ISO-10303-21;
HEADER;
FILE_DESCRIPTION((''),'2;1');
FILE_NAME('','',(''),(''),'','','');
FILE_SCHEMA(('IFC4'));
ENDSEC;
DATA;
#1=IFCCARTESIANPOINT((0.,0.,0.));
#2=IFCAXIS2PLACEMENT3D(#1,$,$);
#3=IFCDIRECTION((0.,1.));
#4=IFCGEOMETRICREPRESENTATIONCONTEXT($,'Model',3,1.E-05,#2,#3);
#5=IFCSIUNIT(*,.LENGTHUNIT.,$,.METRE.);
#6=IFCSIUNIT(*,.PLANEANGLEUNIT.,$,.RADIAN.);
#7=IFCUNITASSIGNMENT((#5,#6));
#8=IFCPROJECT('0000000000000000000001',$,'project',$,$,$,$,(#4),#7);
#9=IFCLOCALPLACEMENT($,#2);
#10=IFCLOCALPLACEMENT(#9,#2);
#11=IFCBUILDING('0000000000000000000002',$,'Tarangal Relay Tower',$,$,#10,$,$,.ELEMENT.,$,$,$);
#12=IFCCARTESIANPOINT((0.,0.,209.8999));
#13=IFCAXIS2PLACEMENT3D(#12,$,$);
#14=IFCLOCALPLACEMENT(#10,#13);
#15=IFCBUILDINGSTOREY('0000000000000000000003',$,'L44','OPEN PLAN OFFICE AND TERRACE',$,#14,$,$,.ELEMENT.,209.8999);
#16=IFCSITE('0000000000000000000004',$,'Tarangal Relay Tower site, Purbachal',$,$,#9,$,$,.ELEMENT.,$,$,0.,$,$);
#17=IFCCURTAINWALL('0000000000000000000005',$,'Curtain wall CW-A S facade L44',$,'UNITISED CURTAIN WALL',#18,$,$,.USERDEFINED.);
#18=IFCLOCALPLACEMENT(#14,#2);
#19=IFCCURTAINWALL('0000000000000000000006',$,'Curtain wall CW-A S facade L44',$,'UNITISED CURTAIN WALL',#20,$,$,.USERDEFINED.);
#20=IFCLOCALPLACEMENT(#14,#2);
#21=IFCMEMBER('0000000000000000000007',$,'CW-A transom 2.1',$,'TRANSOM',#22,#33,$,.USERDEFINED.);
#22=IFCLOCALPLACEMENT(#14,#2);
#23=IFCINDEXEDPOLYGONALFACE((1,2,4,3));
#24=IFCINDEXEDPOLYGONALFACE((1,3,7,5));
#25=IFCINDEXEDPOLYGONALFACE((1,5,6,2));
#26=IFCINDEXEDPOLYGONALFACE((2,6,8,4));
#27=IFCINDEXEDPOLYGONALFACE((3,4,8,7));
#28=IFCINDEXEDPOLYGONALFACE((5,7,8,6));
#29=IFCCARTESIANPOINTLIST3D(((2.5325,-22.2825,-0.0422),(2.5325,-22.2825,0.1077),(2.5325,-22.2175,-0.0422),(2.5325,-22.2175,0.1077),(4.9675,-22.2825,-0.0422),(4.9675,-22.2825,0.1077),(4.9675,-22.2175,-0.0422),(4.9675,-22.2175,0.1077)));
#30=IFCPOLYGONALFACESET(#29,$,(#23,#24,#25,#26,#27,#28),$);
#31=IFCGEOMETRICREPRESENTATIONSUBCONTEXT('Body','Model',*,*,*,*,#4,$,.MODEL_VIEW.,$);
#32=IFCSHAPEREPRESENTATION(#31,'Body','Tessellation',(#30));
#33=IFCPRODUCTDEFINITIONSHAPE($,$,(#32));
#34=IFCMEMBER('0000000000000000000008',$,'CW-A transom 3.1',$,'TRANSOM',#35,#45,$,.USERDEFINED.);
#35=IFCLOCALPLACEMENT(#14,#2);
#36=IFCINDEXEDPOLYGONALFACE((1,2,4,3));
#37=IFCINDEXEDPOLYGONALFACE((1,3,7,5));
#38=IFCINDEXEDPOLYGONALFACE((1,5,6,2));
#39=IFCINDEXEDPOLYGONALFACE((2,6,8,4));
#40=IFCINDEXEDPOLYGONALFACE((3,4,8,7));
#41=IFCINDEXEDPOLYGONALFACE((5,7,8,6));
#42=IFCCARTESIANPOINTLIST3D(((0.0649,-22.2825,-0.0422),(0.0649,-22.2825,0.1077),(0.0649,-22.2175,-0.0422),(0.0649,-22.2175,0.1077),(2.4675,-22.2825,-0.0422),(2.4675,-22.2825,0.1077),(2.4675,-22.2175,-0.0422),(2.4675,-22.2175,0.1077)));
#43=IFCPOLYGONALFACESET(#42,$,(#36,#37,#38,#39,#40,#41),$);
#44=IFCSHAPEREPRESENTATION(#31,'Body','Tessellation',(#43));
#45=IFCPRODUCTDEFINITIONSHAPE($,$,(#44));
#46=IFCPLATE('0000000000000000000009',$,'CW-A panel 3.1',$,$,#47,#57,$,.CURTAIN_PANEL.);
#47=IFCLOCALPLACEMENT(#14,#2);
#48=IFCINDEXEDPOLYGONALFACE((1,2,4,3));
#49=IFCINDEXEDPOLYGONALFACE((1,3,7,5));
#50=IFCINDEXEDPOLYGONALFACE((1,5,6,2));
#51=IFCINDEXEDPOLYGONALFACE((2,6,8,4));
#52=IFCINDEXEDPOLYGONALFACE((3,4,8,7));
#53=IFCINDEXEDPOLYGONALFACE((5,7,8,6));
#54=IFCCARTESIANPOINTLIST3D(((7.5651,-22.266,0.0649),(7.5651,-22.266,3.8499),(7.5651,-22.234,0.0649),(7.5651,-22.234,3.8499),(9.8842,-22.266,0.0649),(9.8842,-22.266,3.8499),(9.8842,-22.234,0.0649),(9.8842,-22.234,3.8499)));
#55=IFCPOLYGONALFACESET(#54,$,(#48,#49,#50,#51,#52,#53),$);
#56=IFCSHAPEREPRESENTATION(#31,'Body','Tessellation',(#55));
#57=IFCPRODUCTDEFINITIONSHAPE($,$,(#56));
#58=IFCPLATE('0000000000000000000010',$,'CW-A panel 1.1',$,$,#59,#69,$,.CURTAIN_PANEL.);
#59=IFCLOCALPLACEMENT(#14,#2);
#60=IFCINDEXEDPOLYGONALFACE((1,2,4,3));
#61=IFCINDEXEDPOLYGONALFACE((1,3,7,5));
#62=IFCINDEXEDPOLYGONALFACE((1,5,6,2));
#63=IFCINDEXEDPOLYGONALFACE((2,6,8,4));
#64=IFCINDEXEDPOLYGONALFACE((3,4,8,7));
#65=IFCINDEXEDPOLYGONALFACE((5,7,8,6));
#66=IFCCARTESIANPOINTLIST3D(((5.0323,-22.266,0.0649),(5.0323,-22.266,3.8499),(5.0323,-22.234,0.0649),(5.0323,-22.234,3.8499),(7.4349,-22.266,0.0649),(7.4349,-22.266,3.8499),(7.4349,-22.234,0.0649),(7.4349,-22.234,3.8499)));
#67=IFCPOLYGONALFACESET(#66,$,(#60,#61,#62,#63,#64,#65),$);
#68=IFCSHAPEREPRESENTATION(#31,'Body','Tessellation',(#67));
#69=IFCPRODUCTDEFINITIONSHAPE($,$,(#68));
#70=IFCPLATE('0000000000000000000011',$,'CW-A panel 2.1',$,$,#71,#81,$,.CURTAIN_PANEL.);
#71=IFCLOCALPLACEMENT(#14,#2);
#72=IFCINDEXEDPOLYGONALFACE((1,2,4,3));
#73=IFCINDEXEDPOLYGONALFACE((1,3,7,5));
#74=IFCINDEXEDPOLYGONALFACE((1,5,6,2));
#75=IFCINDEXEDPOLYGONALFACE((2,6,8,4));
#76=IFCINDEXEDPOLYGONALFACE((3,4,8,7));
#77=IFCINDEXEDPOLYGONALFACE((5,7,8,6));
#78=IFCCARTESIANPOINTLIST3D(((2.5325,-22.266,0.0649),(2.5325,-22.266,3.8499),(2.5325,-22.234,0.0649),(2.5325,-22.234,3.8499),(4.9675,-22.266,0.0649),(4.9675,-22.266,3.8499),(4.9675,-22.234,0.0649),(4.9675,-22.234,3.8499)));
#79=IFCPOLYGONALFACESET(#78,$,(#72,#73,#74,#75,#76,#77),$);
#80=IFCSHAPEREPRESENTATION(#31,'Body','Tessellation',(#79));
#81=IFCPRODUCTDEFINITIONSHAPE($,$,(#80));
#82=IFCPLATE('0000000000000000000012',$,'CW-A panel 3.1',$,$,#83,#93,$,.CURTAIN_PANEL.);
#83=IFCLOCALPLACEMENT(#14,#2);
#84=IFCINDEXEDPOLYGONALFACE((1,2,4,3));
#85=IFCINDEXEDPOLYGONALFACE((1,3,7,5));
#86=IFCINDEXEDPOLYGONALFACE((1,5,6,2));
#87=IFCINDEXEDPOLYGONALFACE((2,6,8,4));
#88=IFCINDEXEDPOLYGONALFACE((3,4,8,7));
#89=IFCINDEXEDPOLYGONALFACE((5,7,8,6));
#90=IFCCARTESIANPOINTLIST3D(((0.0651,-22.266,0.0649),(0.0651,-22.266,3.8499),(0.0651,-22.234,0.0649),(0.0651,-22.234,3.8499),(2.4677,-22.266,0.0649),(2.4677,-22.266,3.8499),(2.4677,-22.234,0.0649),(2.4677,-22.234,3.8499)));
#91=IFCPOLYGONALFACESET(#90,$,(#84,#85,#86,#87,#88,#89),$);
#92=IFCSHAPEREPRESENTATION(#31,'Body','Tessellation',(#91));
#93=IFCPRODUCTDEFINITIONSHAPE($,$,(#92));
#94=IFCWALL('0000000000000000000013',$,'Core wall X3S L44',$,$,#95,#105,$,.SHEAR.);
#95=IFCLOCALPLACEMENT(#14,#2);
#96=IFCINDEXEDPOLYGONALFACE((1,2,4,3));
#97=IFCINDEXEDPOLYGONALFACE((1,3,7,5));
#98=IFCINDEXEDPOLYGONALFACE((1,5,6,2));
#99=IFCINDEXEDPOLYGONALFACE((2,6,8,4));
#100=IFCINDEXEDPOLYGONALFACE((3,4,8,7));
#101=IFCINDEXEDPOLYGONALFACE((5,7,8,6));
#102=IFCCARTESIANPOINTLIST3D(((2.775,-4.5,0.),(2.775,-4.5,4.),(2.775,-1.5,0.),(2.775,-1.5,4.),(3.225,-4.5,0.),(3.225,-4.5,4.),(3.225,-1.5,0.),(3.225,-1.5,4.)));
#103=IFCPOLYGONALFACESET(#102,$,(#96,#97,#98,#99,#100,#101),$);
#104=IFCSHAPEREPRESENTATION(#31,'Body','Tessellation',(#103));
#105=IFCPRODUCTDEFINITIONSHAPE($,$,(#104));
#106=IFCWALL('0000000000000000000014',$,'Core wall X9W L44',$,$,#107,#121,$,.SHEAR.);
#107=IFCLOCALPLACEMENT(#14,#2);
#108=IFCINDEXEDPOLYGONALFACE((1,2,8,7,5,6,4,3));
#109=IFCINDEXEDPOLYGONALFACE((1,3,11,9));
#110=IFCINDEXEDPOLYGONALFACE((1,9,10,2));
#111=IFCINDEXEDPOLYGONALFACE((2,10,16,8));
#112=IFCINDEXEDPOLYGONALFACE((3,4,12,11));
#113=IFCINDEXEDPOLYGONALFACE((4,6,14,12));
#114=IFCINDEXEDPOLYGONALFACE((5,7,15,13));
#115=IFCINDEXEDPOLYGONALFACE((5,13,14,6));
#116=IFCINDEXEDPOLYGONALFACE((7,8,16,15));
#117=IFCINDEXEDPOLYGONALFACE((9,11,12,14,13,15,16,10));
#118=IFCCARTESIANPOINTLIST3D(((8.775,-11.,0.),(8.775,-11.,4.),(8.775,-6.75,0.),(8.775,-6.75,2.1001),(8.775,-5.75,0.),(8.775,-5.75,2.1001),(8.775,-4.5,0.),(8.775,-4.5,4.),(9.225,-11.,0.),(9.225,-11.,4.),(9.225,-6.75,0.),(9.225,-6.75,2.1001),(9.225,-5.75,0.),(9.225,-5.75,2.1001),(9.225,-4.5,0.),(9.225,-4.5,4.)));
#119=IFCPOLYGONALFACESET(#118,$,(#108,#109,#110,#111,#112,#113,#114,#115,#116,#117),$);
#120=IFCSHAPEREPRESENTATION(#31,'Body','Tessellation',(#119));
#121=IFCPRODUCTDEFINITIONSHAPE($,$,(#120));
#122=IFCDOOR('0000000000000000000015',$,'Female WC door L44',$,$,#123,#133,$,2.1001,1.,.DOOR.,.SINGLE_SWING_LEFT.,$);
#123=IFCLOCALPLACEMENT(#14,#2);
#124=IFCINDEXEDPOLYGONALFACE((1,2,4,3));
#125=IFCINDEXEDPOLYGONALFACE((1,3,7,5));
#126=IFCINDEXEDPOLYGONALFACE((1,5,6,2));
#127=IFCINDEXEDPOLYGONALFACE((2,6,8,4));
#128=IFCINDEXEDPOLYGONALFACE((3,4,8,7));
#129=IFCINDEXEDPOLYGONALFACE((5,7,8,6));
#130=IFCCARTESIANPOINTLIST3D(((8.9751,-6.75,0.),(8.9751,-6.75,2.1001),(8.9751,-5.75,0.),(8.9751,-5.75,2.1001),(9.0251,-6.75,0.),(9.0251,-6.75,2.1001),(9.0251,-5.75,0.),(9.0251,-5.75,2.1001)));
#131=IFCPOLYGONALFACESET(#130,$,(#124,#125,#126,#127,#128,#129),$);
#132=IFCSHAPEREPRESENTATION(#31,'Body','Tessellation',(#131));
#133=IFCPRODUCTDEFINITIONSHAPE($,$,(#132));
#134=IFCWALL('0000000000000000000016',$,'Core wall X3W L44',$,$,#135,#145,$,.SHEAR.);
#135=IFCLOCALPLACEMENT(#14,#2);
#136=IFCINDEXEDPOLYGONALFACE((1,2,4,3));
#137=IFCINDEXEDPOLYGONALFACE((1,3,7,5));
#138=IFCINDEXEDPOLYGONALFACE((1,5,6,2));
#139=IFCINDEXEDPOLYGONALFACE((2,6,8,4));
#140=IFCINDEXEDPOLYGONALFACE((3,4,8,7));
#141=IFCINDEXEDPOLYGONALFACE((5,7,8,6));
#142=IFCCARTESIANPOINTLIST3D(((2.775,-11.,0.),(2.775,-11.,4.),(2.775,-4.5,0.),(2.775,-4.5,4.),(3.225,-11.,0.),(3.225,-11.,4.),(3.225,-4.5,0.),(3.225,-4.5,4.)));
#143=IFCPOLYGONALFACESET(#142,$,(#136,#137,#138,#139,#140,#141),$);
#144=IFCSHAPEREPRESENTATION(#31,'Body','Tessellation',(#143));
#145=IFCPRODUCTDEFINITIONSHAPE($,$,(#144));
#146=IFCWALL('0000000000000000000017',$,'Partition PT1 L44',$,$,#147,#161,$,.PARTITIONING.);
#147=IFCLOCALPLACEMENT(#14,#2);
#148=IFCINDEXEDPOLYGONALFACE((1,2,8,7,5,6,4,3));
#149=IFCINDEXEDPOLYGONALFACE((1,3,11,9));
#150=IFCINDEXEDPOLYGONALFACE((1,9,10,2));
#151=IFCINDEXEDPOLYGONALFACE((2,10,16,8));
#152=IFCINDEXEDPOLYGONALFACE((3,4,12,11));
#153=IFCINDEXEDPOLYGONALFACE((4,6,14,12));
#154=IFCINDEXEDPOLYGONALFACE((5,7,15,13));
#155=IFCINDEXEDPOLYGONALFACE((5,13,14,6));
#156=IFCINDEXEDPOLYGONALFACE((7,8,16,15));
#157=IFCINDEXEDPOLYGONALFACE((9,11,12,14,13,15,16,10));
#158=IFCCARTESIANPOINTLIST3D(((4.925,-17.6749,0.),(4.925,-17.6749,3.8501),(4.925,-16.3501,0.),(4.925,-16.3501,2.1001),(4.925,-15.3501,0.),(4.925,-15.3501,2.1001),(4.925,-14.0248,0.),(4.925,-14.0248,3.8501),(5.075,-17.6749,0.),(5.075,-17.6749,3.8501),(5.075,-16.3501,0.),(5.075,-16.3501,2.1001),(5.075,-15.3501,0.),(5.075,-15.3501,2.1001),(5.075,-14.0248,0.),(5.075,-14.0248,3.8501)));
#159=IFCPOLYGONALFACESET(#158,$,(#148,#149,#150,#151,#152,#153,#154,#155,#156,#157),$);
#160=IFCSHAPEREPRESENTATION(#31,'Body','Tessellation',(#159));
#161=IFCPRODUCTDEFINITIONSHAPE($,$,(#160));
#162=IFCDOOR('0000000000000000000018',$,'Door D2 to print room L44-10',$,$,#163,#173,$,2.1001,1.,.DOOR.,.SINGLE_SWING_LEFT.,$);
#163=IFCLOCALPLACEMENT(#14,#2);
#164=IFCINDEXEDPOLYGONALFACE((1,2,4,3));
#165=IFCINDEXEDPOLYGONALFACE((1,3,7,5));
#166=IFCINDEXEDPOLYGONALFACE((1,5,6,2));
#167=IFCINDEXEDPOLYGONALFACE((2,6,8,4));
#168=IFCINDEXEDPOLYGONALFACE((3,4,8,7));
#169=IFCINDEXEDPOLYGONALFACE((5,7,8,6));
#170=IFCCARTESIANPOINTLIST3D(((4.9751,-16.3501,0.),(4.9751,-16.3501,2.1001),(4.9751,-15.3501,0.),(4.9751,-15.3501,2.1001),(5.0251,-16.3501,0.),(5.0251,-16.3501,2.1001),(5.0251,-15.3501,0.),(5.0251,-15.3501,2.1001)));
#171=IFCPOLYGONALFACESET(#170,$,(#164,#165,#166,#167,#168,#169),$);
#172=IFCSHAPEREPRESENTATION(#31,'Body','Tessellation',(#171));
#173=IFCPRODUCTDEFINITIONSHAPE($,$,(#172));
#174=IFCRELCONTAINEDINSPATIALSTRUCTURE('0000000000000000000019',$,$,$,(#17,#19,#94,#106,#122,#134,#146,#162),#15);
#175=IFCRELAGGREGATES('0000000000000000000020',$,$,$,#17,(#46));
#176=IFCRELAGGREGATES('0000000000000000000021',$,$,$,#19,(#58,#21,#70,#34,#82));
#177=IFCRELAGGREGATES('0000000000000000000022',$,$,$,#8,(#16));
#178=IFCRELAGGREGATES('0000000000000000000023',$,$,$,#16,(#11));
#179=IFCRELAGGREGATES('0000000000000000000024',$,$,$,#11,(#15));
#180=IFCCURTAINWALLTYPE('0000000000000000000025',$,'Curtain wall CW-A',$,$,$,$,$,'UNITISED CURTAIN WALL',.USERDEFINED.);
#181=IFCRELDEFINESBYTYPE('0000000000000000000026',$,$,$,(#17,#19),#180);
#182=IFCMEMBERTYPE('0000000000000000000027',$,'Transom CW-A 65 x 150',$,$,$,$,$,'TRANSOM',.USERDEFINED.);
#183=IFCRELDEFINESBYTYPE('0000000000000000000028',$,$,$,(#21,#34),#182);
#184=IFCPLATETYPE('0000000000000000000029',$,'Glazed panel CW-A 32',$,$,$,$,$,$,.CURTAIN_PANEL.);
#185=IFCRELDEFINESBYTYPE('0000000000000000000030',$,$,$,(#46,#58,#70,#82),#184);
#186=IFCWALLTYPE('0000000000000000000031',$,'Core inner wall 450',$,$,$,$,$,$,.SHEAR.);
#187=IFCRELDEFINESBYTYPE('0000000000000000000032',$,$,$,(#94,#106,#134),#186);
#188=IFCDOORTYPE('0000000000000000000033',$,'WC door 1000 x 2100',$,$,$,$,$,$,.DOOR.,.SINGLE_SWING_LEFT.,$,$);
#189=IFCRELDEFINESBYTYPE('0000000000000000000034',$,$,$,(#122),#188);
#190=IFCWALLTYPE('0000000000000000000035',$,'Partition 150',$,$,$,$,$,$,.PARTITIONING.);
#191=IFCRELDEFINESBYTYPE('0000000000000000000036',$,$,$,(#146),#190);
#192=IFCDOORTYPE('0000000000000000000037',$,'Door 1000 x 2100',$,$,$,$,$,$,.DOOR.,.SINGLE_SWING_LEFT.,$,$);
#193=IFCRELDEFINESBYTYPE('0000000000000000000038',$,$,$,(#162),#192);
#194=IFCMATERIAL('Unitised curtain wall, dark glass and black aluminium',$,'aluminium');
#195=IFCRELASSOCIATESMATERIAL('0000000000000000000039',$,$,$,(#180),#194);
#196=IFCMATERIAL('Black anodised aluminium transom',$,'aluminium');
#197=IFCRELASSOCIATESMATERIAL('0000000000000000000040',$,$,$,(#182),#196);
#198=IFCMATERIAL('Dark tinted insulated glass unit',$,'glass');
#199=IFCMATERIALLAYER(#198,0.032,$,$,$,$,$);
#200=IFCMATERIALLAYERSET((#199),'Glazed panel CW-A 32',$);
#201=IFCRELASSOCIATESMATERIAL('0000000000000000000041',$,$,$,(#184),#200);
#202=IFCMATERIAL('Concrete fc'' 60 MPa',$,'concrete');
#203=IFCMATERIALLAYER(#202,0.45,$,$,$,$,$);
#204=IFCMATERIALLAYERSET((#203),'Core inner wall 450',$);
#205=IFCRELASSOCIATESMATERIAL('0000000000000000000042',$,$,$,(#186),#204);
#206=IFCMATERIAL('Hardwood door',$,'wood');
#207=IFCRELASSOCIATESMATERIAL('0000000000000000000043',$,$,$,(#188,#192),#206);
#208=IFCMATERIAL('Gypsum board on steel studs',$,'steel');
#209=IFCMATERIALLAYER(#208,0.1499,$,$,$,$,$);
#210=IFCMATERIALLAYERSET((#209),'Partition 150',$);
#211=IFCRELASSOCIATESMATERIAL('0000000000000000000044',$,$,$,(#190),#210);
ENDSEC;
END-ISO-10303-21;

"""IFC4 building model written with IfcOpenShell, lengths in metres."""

from ifc_helpers import new_model, si_unit, direction, frame, frame_2d, origin, origin_2d, place, context, subcontext, project, spatial, rectangle, extrude, material, layer, layer_set, material_profile, profile_set, type_object, element, fill, aggregate, save


model = new_model("IFC4")

# Units and contexts
model_context = context("Model", 3, precision=1e-05, world=origin(), true_north=direction((0.0, 1.0)))
body_context = subcontext(model_context, "Body", "Model", "MODEL_VIEW")
ifc_project = project(units=[si_unit("LENGTHUNIT", "METRE"), si_unit("PLANEANGLEUNIT", "RADIAN")], contexts=[model_context])

# Site, building, storey
site_placement = place(None, origin())
site = spatial("IfcSite", under=ifc_project, at=site_placement, Name="Tarangal Relay Tower site, Purbachal", CompositionType="ELEMENT", RefElevation=0.0)
building_placement = place(site_placement, origin())
building = spatial("IfcBuilding", under=site, at=building_placement, Name="Tarangal Relay Tower", CompositionType="ELEMENT")
storey_placement = place(building_placement, frame((0.0, 0.0, 209.8999)))
storey = spatial("IfcBuildingStorey", under=building, at=storey_placement, Name="L44", Description="OPEN PLAN OFFICE AND TERRACE", CompositionType="ELEMENT", Elevation=209.8999)

# Curtain walls
ifc_material_1 = material(Name="Unitised curtain wall, dark glass and black aluminium", Category="aluminium")
curtain_wall_type = type_object("IfcCurtainWallType", Name="Curtain wall CW-A", ElementType="UNITISED CURTAIN WALL", PredefinedType="USERDEFINED", material=ifc_material_1)
curtain_wall_1_placement = place(storey_placement, origin())
curtain_wall_1 = element("IfcCurtainWall", 1, at=curtain_wall_1_placement, inside=storey, type_object=curtain_wall_type, Name="Curtain wall CW-A S facade L44", ObjectType="UNITISED CURTAIN WALL", PredefinedType="USERDEFINED")
curtain_wall_2_placement = place(storey_placement, origin())
curtain_wall_2 = element("IfcCurtainWall", 2, at=curtain_wall_2_placement, inside=storey, type_object=curtain_wall_type, Name="Curtain wall CW-A S facade L44", ObjectType="UNITISED CURTAIN WALL", PredefinedType="USERDEFINED")

# Members
ifc_material_2 = material(Name="Black anodised aluminium transom", Category="aluminium")
ifc_material_profile_1 = material_profile(ifc_material_2, rectangle(XDim=0.0649, YDim=0.1499, at=origin_2d()), Name="CW-AT 65X150")
ifc_profile_set_1 = profile_set([ifc_material_profile_1], Name="Black anodised aluminium transom")
member_type_1 = type_object("IfcMemberType", Name="Transom CW-A 65 x 150", ElementType="TRANSOM", PredefinedType="USERDEFINED", material=ifc_profile_set_1)
member_1_placement = place(storey_placement, frame((4.9675, -22.25, 0.0327), z_axis=(-1.0, 0.0, 0.0), x_axis=(0.0, -1.0, 0.0)))
member_1 = element("IfcMember", 3, at=member_1_placement, type_object=member_type_1, Name="CW-A transom 2.1", ObjectType="TRANSOM", PredefinedType="USERDEFINED", context=body_context, shape_type="SweptSolid", body=[
    extrude(rectangle(XDim=0.0649, YDim=0.1499, at=origin_2d()), origin(), (0.0, 0.0, 1.0), 2.4351),
])
member_2_placement = place(storey_placement, frame((2.4675, -22.25, 0.0327), z_axis=(-1.0, 0.0, 0.0), x_axis=(0.0, -1.0, 0.0)))
member_2 = element("IfcMember", 4, at=member_2_placement, type_object=member_type_1, Name="CW-A transom 3.1", ObjectType="TRANSOM", PredefinedType="USERDEFINED", context=body_context, shape_type="SweptSolid", body=[
    extrude(rectangle(XDim=0.0649, YDim=0.1499, at=origin_2d()), origin(), (0.0, 0.0, 1.0), 2.4026),
])

# Plates
ifc_material_3 = material(Name="Dark tinted insulated glass unit", Category="glass")
ifc_layer_1 = layer(ifc_material_3, 0.032)
ifc_layer_set_1 = layer_set([ifc_layer_1], Name="Glazed panel CW-A 32")
plate_type = type_object("IfcPlateType", Name="Glazed panel CW-A 32", PredefinedType="CURTAIN_PANEL", material=ifc_layer_set_1)
plate_1_placement = place(storey_placement, frame((8.7246, -22.25, 0.0649), z_axis=(0.0, 0.0, 1.0), x_axis=(-1.0, 0.0, 0.0)))
plate_1 = element("IfcPlate", 5, at=plate_1_placement, type_object=plate_type, Name="CW-A panel 3.1", PredefinedType="CURTAIN_PANEL", context=body_context, shape_type="SweptSolid", body=[
    extrude(rectangle(XDim=2.3191, YDim=0.032, at=origin_2d()), origin(), (0.0, 0.0, 1.0), 3.7849),
])
aggregate(curtain_wall_1, [plate_1])
plate_2_placement = place(storey_placement, frame((6.2336, -22.25, 0.0649), z_axis=(0.0, 0.0, 1.0), x_axis=(-1.0, 0.0, 0.0)))
plate_2 = element("IfcPlate", 6, at=plate_2_placement, type_object=plate_type, Name="CW-A panel 1.1", PredefinedType="CURTAIN_PANEL", context=body_context, shape_type="SweptSolid", body=[
    extrude(rectangle(XDim=2.4026, YDim=0.032, at=origin_2d()), origin(), (0.0, 0.0, 1.0), 3.7849),
])
plate_3_placement = place(storey_placement, frame((3.75, -22.25, 0.0649), z_axis=(0.0, 0.0, 1.0), x_axis=(-1.0, 0.0, 0.0)))
plate_3 = element("IfcPlate", 7, at=plate_3_placement, type_object=plate_type, Name="CW-A panel 2.1", PredefinedType="CURTAIN_PANEL", context=body_context, shape_type="SweptSolid", body=[
    extrude(rectangle(XDim=2.4351, YDim=0.032, at=origin_2d()), origin(), (0.0, 0.0, 1.0), 3.7849),
])
plate_4_placement = place(storey_placement, frame((1.2664, -22.25, 0.0649), z_axis=(0.0, 0.0, 1.0), x_axis=(-1.0, 0.0, 0.0)))
plate_4 = element("IfcPlate", 8, at=plate_4_placement, type_object=plate_type, Name="CW-A panel 3.1", PredefinedType="CURTAIN_PANEL", context=body_context, shape_type="SweptSolid", body=[
    extrude(rectangle(XDim=2.4026, YDim=0.032, at=origin_2d()), origin(), (0.0, 0.0, 1.0), 3.7849),
])
aggregate(curtain_wall_2, [plate_2, member_1, plate_3, member_2, plate_4])

# Wall
ifc_material_4 = material(Name="Concrete fc' 60 MPa", Category="concrete")
ifc_layer_2 = layer(ifc_material_4, 0.45)
ifc_layer_set_2 = layer_set([ifc_layer_2], Name="Core inner wall 450")
wall_type_1 = type_object("IfcWallType", Name="Core inner wall 450", PredefinedType="SHEAR", material=ifc_layer_set_2)
wall_1_placement = place(storey_placement, frame((3.0, -4.5, 0.0), z_axis=(0.0, 0.0, 1.0), x_axis=(0.0, 1.0, 0.0)))
element("IfcWall", 9, at=wall_1_placement, inside=storey, type_object=wall_type_1, Name="Core wall X3S L44", PredefinedType="SHEAR", context=body_context, shape_type="SweptSolid", body=[
    extrude(rectangle(XDim=3.0, YDim=0.45, at=frame_2d((1.5, 0.0))), origin(), (0.0, 0.0, 1.0), 4.0),
])

# Wall, opening, door
wall_2_placement = place(storey_placement, frame((9.0, -11.0, 0.0), z_axis=(0.0, 0.0, 1.0), x_axis=(0.0, 1.0, 0.0)))
wall_2 = element("IfcWall", 10, at=wall_2_placement, inside=storey, type_object=wall_type_1, Name="Core wall X9W L44", PredefinedType="SHEAR", context=body_context, shape_type="SweptSolid", body=[
    extrude(rectangle(XDim=6.5, YDim=0.45, at=frame_2d((3.25, 0.0))), origin(), (0.0, 0.0, 1.0), 4.0),
])
opening_1_placement = place(wall_2_placement, frame((4.25, 0.0, 0.0)))
opening_1 = element("IfcOpeningElement", 11, at=opening_1_placement, cuts=wall_2, PredefinedType="OPENING", context=body_context, shape_type="SweptSolid", body=[
    extrude(rectangle(XDim=1.0, YDim=2.1001, at=frame_2d((0.5, 1.05))), frame((0.0, 0.2349, 0.0), z_axis=(0.0, -1.0, 0.0), x_axis=(1.0, 0.0, 0.0)), (0.0, 0.0, 1.0), 0.47),
])
ifc_material_5 = material(Name="Hardwood door", Category="wood")
door_type_1 = type_object("IfcDoorType", Name="WC door 1000 x 2100", OperationType="SINGLE_SWING_LEFT", PredefinedType="DOOR", material=ifc_material_5)
door_1_placement = place(opening_1_placement, origin())
door_1 = element("IfcDoor", 12, at=door_1_placement, inside=storey, type_object=door_type_1, Name="Female WC door L44", OperationType="SINGLE_SWING_LEFT", OverallHeight=2.1001, OverallWidth=1.0, PredefinedType="DOOR", context=body_context, shape_type="SweptSolid", body=[
    extrude(rectangle(XDim=1.0, YDim=2.1001, at=frame_2d((0.5, 1.05))), frame((0.0, 0.0249, 0.0), z_axis=(0.0, -1.0, 0.0), x_axis=(1.0, 0.0, 0.0)), (0.0, 0.0, 1.0), 0.05),
])
fill(opening_1, door_1)

# Wall
wall_3_placement = place(storey_placement, frame((3.0, -11.0, 0.0), z_axis=(0.0, 0.0, 1.0), x_axis=(0.0, 1.0, 0.0)))
element("IfcWall", 13, at=wall_3_placement, inside=storey, type_object=wall_type_1, Name="Core wall X3W L44", PredefinedType="SHEAR", context=body_context, shape_type="SweptSolid", body=[
    extrude(rectangle(XDim=6.5, YDim=0.45, at=frame_2d((3.25, 0.0))), origin(), (0.0, 0.0, 1.0), 4.0),
])

# Wall, opening, door
ifc_material_6 = material(Name="Gypsum board on steel studs", Category="steel")
ifc_layer_3 = layer(ifc_material_6, 0.1499)
ifc_layer_set_3 = layer_set([ifc_layer_3], Name="Partition 150")
wall_type_2 = type_object("IfcWallType", Name="Partition 150", PredefinedType="PARTITIONING", material=ifc_layer_set_3)
wall_4_placement = place(storey_placement, frame((5.0, -17.675, 0.0), z_axis=(0.0, 0.0, 1.0), x_axis=(0.0, 1.0, 0.0)))
wall_4 = element("IfcWall", 14, at=wall_4_placement, inside=storey, type_object=wall_type_2, Name="Partition PT1 L44", PredefinedType="PARTITIONING", context=body_context, shape_type="SweptSolid", body=[
    extrude(rectangle(XDim=3.6501, YDim=0.1499, at=frame_2d((1.8252, 0.0))), origin(), (0.0, 0.0, 1.0), 3.8501),
])
opening_2_placement = place(wall_4_placement, frame((1.325, 0.0, 0.0)))
opening_2 = element("IfcOpeningElement", 15, at=opening_2_placement, cuts=wall_4, PredefinedType="OPENING", context=body_context, shape_type="SweptSolid", body=[
    extrude(rectangle(XDim=1.0, YDim=2.1001, at=frame_2d((0.5, 1.05))), frame((0.0, 0.085, 0.0), z_axis=(0.0, -1.0, 0.0), x_axis=(1.0, 0.0, 0.0)), (0.0, 0.0, 1.0), 0.1699),
])
door_type_2 = type_object("IfcDoorType", Name="Door 1000 x 2100", OperationType="SINGLE_SWING_LEFT", PredefinedType="DOOR", material=ifc_material_5)
door_2_placement = place(opening_2_placement, origin())
door_2 = element("IfcDoor", 16, at=door_2_placement, inside=storey, type_object=door_type_2, Name="Door D2 to print room L44-10", OperationType="SINGLE_SWING_LEFT", OverallHeight=2.1001, OverallWidth=1.0, PredefinedType="DOOR", context=body_context, shape_type="SweptSolid", body=[
    extrude(rectangle(XDim=1.0, YDim=2.1001, at=frame_2d((0.5, 1.05))), frame((0.0, 0.0249, 0.0), z_axis=(0.0, -1.0, 0.0), x_axis=(1.0, 0.0, 0.0)), (0.0, 0.0, 1.0), 0.05),
])
fill(opening_2, door_2)

save(model, "model.ifc")
